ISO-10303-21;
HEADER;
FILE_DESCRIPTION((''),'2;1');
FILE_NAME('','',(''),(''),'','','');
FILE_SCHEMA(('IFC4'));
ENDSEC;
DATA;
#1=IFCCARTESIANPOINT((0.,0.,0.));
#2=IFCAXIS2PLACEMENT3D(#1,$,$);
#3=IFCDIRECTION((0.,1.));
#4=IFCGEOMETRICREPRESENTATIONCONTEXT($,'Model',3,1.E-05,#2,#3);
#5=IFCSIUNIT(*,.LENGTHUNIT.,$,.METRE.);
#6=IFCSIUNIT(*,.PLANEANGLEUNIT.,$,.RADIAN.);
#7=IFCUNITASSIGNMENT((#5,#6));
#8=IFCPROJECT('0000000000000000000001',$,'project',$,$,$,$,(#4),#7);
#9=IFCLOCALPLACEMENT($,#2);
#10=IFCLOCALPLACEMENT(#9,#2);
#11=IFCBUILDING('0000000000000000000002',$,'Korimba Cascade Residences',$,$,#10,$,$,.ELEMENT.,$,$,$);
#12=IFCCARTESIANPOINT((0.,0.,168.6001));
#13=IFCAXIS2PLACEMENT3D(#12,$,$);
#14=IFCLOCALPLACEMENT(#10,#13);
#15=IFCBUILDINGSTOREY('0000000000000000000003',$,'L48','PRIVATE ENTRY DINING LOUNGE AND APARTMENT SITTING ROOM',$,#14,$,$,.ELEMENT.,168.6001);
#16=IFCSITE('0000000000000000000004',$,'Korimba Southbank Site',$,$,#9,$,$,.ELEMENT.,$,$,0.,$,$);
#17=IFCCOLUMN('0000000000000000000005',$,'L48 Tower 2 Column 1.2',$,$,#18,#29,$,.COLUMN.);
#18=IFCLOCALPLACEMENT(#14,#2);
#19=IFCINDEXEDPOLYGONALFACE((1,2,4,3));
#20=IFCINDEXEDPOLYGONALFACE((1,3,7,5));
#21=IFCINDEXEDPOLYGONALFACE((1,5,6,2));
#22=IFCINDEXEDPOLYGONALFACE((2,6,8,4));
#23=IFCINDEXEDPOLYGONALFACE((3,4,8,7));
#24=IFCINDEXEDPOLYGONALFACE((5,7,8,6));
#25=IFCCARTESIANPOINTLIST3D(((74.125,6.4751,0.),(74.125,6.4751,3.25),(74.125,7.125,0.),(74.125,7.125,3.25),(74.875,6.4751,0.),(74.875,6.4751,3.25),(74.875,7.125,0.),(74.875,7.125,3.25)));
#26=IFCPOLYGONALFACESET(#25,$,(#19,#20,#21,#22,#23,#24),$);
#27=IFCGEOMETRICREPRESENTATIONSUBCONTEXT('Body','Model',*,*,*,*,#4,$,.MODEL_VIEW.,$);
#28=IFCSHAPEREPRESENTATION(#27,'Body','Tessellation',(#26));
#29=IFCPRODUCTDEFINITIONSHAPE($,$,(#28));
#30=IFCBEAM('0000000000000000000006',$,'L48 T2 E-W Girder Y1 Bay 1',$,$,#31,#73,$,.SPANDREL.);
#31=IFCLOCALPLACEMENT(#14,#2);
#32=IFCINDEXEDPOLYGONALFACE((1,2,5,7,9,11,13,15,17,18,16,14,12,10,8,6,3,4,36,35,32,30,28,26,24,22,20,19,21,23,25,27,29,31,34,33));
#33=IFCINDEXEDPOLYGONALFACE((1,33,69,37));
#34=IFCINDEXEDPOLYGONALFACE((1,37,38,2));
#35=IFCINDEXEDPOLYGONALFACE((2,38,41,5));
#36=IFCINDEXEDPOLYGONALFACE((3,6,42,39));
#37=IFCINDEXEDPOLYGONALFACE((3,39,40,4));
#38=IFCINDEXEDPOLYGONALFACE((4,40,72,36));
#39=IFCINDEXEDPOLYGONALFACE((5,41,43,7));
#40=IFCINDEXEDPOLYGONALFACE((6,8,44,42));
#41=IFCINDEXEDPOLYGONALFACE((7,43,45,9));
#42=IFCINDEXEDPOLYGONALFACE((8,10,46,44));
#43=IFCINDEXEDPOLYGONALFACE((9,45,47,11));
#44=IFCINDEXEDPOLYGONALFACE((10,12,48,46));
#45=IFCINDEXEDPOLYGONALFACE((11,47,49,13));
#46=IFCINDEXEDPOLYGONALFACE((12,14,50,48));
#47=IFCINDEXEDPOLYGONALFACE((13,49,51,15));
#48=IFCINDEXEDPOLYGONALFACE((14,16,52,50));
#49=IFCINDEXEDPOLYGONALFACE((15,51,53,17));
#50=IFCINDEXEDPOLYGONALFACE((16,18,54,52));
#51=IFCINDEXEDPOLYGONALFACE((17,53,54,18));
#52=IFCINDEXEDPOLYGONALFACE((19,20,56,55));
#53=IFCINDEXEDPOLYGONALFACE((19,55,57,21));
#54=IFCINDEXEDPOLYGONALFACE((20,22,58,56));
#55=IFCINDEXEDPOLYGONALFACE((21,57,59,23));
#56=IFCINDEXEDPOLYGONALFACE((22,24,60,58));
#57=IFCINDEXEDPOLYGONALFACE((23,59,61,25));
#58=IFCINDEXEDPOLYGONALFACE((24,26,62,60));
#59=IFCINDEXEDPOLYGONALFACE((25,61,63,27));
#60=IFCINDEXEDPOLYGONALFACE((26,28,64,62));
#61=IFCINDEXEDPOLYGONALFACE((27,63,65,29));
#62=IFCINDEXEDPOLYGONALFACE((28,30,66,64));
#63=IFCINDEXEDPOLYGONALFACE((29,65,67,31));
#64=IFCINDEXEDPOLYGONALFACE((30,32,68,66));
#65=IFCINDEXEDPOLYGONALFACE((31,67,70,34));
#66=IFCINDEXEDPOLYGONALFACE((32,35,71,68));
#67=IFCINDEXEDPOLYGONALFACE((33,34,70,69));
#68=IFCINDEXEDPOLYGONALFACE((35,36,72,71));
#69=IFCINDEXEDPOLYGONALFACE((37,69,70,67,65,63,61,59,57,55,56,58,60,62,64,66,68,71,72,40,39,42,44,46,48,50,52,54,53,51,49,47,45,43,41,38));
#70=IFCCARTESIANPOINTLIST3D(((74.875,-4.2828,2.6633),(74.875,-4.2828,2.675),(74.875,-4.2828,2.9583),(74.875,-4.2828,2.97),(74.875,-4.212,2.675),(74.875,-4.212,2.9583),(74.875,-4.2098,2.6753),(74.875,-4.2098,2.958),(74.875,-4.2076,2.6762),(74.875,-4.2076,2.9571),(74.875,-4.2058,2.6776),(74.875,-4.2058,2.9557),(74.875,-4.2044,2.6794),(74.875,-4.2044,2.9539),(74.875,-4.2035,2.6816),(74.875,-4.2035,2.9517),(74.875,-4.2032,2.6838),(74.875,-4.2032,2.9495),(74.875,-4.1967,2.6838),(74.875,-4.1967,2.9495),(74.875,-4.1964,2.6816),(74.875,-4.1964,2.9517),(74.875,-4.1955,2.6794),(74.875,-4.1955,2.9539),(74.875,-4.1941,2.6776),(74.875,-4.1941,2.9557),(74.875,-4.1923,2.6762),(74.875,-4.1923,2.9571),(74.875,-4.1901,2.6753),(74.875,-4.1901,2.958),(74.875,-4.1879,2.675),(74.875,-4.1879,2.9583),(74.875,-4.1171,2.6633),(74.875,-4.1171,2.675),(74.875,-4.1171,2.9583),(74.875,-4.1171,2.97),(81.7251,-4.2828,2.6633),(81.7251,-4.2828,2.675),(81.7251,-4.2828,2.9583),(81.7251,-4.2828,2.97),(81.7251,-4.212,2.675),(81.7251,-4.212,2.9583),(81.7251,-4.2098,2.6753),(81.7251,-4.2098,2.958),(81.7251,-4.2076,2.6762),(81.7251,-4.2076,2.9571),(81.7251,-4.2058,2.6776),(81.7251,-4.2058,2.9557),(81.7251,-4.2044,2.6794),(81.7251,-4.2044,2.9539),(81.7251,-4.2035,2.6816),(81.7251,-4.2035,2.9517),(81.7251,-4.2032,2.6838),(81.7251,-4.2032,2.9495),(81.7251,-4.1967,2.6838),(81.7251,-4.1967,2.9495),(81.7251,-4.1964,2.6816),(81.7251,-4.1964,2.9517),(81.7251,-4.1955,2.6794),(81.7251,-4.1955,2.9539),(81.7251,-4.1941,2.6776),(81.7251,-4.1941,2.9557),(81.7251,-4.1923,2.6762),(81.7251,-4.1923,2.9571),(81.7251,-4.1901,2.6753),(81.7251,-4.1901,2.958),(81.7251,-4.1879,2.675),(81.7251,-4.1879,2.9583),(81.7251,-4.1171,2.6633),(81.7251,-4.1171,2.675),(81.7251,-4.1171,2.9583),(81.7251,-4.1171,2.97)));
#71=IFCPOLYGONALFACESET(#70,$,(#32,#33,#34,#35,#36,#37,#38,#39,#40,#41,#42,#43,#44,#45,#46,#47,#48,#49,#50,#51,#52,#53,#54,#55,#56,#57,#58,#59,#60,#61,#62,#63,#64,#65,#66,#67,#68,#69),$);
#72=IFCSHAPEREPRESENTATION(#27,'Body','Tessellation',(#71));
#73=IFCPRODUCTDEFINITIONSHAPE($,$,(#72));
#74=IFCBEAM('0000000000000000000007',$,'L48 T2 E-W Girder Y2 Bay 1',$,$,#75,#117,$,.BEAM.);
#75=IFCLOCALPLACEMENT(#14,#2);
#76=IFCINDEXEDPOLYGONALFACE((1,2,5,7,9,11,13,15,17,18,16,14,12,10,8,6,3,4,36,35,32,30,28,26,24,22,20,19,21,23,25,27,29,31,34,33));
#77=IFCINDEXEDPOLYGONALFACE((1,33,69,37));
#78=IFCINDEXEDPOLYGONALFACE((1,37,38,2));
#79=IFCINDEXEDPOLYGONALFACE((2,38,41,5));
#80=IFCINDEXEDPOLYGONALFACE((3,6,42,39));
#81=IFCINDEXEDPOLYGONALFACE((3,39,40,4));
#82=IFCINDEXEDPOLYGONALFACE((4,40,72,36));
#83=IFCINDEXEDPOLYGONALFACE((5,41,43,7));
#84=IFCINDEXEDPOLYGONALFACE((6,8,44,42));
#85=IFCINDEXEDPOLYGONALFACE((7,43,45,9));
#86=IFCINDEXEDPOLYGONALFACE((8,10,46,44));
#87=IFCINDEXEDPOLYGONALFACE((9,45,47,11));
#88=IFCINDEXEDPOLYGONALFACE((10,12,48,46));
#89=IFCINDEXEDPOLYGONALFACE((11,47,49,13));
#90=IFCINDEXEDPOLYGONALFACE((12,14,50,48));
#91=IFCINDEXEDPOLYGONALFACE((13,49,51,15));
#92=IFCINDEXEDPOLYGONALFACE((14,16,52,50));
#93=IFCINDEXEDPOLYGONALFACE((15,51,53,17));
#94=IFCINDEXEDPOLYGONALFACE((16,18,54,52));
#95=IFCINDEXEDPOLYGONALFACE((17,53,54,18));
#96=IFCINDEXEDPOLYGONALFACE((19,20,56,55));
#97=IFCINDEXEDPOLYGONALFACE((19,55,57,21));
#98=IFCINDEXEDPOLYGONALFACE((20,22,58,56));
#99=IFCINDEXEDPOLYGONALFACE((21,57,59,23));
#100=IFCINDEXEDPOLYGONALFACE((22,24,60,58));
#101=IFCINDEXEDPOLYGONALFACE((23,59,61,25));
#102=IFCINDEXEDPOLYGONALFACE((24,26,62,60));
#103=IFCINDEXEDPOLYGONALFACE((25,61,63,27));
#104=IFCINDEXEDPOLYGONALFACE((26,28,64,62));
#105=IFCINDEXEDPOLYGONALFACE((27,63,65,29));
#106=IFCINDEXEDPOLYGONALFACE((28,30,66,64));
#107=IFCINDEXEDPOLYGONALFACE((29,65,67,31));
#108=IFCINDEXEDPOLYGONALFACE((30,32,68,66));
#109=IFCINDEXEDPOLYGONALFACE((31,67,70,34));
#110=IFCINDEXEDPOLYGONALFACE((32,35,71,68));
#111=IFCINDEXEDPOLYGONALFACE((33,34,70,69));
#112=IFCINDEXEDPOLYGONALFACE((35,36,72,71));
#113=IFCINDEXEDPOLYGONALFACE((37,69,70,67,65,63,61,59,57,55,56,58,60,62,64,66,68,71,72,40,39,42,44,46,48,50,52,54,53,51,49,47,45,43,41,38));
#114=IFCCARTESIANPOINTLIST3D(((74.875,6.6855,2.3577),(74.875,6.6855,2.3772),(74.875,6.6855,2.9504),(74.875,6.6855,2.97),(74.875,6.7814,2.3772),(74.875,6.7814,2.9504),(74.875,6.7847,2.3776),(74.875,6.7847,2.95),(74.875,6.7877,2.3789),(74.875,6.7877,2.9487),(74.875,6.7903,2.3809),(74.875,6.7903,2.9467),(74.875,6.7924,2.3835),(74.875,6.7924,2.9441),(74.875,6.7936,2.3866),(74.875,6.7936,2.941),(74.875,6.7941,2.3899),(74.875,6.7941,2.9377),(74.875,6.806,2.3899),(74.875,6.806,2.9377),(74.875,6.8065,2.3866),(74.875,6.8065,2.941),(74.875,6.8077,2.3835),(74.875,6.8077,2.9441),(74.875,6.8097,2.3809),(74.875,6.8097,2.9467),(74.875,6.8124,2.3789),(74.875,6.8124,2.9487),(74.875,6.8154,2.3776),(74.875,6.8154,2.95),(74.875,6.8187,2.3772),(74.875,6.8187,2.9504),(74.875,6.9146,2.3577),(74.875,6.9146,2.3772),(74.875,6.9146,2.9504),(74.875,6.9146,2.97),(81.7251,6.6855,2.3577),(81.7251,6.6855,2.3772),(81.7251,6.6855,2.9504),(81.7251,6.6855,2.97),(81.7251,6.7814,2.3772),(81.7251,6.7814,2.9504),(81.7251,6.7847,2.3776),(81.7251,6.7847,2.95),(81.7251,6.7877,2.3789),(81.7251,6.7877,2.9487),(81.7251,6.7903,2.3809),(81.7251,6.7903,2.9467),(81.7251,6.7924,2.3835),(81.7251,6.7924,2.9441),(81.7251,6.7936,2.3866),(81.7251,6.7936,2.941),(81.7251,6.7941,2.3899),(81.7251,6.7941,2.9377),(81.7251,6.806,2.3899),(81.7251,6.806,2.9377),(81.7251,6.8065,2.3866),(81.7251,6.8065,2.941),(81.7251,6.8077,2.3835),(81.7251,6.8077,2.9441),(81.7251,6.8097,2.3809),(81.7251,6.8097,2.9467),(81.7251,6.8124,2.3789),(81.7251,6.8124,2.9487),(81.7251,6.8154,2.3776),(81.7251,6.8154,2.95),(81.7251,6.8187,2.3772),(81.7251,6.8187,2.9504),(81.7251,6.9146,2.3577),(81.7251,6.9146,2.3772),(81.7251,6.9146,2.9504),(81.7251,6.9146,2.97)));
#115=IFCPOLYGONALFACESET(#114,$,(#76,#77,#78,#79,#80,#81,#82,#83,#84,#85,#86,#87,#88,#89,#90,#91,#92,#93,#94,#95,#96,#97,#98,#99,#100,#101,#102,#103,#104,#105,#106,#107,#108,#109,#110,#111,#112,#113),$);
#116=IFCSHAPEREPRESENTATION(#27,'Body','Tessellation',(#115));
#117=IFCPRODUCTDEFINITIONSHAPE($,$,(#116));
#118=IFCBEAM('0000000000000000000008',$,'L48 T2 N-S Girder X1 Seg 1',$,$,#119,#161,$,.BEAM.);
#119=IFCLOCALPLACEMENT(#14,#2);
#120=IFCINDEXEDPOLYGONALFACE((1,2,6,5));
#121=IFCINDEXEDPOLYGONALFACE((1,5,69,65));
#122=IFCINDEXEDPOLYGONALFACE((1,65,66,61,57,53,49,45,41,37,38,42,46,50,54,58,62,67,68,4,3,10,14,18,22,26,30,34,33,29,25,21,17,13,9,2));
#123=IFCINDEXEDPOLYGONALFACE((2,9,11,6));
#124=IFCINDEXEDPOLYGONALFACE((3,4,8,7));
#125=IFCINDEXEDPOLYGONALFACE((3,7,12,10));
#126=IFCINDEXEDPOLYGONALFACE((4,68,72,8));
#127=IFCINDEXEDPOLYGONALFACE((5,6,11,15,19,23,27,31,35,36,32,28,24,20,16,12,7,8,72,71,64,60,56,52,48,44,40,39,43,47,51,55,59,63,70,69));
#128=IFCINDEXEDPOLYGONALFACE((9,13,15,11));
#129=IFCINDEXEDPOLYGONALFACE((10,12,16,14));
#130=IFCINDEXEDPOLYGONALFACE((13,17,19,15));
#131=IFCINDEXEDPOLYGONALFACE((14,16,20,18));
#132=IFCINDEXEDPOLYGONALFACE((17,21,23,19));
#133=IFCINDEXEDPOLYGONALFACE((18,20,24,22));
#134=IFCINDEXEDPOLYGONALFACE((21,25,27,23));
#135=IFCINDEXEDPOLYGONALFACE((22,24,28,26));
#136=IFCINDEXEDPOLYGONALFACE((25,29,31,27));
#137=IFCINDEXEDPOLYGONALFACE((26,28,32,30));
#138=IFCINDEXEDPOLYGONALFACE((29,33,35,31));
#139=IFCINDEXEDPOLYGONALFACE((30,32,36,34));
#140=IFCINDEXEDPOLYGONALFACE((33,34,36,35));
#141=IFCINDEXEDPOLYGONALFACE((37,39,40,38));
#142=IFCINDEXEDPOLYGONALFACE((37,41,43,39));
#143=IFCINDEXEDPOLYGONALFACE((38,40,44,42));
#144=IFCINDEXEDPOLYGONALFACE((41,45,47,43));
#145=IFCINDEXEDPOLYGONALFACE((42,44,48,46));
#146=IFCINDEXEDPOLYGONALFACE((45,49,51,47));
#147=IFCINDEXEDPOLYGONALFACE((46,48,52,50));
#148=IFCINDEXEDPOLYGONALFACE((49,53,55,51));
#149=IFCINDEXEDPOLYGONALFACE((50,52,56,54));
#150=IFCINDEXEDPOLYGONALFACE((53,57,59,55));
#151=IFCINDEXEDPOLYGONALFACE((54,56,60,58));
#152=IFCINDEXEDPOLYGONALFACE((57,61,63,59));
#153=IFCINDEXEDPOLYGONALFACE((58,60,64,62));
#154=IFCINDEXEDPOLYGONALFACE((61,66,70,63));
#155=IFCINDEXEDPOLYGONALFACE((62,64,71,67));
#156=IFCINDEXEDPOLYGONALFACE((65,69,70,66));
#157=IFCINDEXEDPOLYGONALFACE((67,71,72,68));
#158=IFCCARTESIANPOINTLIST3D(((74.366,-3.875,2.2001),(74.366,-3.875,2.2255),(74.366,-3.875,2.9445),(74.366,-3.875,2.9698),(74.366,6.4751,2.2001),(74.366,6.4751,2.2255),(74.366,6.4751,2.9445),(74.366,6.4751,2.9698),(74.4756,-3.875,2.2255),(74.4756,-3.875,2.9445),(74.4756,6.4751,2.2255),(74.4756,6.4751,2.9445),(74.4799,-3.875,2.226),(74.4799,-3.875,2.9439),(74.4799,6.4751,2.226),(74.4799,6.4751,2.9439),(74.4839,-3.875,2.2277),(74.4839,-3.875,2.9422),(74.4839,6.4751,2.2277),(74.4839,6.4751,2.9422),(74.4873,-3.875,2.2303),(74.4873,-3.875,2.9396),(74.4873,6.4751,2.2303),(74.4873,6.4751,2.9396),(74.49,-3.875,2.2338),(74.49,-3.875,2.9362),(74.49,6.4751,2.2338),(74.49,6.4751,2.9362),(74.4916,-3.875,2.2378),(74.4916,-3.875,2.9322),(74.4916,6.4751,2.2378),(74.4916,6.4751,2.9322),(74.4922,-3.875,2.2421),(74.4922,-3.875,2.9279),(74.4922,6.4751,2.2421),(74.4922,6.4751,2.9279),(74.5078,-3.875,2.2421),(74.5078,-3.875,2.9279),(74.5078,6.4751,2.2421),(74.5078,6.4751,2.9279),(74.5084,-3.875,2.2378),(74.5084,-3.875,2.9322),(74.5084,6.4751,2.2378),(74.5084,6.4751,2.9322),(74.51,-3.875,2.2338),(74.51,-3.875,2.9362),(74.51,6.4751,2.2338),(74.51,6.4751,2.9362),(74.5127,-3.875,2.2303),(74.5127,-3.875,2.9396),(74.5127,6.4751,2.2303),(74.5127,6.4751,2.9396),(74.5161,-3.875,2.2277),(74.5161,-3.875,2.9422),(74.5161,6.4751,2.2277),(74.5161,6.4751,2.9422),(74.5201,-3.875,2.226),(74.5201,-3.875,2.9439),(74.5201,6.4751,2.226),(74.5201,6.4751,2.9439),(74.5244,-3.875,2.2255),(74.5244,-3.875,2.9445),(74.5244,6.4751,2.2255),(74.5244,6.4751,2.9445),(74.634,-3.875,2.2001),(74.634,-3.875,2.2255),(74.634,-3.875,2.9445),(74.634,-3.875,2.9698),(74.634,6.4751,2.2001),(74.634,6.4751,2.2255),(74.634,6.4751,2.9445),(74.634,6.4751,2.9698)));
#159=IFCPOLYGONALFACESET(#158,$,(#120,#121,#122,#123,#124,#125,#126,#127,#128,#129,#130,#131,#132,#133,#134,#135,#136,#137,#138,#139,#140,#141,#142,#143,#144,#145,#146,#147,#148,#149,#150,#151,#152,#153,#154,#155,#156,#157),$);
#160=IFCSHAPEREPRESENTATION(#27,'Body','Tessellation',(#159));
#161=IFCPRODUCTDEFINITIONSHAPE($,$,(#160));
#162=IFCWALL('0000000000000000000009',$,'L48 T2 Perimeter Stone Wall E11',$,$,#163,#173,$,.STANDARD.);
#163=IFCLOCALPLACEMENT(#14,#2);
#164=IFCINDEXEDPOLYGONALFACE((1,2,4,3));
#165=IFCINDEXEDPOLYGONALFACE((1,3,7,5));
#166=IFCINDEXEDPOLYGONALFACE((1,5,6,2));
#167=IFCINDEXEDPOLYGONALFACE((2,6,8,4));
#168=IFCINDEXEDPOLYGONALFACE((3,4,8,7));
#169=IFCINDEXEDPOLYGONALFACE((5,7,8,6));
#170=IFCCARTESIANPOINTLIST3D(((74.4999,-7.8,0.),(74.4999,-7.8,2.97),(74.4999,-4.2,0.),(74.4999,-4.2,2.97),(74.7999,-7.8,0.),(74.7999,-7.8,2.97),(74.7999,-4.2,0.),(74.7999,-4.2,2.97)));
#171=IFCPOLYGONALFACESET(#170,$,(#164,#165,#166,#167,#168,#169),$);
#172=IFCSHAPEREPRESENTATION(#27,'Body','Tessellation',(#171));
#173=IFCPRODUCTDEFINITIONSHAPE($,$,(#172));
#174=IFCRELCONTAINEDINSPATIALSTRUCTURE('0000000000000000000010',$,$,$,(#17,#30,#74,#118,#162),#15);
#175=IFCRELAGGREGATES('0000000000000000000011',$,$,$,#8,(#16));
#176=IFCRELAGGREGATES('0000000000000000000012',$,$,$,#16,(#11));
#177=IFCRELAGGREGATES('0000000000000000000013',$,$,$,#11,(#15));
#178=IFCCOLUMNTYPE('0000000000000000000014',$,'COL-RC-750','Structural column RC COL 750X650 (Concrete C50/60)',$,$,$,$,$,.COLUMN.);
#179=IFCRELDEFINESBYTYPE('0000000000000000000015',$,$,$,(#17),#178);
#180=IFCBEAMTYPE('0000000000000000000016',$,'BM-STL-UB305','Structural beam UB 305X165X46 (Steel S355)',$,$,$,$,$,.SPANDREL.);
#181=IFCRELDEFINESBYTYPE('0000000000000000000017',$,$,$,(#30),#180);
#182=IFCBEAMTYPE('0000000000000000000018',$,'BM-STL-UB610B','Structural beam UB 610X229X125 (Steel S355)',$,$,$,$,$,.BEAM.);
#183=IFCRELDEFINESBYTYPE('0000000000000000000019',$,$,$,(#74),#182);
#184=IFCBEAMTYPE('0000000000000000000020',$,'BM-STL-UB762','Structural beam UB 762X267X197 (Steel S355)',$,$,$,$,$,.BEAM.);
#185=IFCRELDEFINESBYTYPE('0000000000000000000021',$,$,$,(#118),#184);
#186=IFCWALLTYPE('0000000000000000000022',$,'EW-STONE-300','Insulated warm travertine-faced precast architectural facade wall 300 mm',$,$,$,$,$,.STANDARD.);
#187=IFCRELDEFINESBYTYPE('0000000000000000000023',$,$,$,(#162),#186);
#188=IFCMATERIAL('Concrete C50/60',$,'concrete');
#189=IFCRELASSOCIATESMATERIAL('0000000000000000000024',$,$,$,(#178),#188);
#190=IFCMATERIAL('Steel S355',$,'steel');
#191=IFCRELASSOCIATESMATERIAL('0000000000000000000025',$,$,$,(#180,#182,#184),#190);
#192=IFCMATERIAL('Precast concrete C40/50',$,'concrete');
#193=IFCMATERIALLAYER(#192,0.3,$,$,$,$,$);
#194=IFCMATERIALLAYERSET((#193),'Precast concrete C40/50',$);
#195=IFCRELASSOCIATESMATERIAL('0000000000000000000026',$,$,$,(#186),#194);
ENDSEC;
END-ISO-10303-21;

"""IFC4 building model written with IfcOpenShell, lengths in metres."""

from ifc_helpers import new_model, si_unit, direction, frame, frame_2d, origin, origin_2d, place, context, subcontext, project, spatial, rectangle, i_section, extrude, material, layer, layer_set, material_profile, profile_set, type_object, element, save


model = new_model("IFC4")

# Units and contexts
model_context = context("Model", 3, precision=1e-05, world=origin(), true_north=direction((0.0, 1.0)))
body_context = subcontext(model_context, "Body", "Model", "MODEL_VIEW")
ifc_project = project(units=[si_unit("LENGTHUNIT", "METRE"), si_unit("PLANEANGLEUNIT", "RADIAN")], contexts=[model_context])

# Site, building, storey
site_placement = place(None, origin())
site = spatial("IfcSite", under=ifc_project, at=site_placement, Name="Korimba Southbank Site", CompositionType="ELEMENT", RefElevation=0.0)
building_placement = place(site_placement, origin())
building = spatial("IfcBuilding", under=site, at=building_placement, Name="Korimba Cascade Residences", CompositionType="ELEMENT")
storey_placement = place(building_placement, frame((0.0, 0.0, 168.6001)))
storey = spatial("IfcBuildingStorey", under=building, at=storey_placement, Name="L48", Description="PRIVATE ENTRY DINING LOUNGE AND APARTMENT SITTING ROOM", CompositionType="ELEMENT", Elevation=168.6001)

# Column
ifc_material_1 = material(Name="Concrete C50/60", Category="concrete")
ifc_material_profile_1 = material_profile(ifc_material_1, rectangle(XDim=0.75, YDim=0.6499, at=origin_2d()), Name="Concrete C50/60")
ifc_profile_set_1 = profile_set([ifc_material_profile_1], Name="Concrete C50/60")
column_type = type_object("IfcColumnType", Name="COL-RC-750", Description="Structural column RC COL 750X650 (Concrete C50/60)", PredefinedType="COLUMN", material=ifc_profile_set_1)
column_placement = place(storey_placement, frame((74.5, 6.8, 0.0), z_axis=(0.0, 0.0, 1.0), x_axis=(1.0, 0.0, 0.0)))
element("IfcColumn", 1, at=column_placement, inside=storey, type_object=column_type, Name="L48 Tower 2 Column 1.2", PredefinedType="COLUMN", context=body_context, shape_type="SweptSolid", body=[
    extrude(rectangle(XDim=0.75, YDim=0.6499, at=origin_2d()), origin(), (0.0, 0.0, 1.0), 3.25),
])

# Beams
ifc_material_2 = material(Name="Steel S355", Category="steel")
ifc_material_profile_2 = material_profile(ifc_material_2, i_section(OverallWidth=0.1658, OverallDepth=0.3066, WebThickness=0.0066, FlangeThickness=0.0117, FilletRadius=0.0088, at=origin_2d()), Name="Steel S355")
ifc_profile_set_2 = profile_set([ifc_material_profile_2], Name="Steel S355")
beam_type_1 = type_object("IfcBeamType", Name="BM-STL-UB305", Description="Structural beam UB 305X165X46 (Steel S355)", PredefinedType="SPANDREL", material=ifc_profile_set_2)
beam_1_placement = place(storey_placement, frame((74.875, -4.2, 2.8167), z_axis=(1.0, 0.0, 0.0), x_axis=(0.0, 1.0, 0.0)))
element("IfcBeam", 2, at=beam_1_placement, inside=storey, type_object=beam_type_1, Name="L48 T2 E-W Girder Y1 Bay 1", PredefinedType="SPANDREL", context=body_context, shape_type="SweptSolid", body=[
    extrude(i_section(OverallWidth=0.1658, OverallDepth=0.3066, WebThickness=0.0066, FlangeThickness=0.0117, FilletRadius=0.0088, at=origin_2d()), origin(), (0.0, 0.0, 1.0), 6.8501),
])
ifc_material_profile_3 = material_profile(ifc_material_2, i_section(OverallWidth=0.229, OverallDepth=0.6123, WebThickness=0.012, FlangeThickness=0.0195, FilletRadius=0.0127, at=origin_2d()), Name="Steel S355")
ifc_profile_set_3 = profile_set([ifc_material_profile_3], Name="Steel S355")
beam_type_2 = type_object("IfcBeamType", Name="BM-STL-UB610B", Description="Structural beam UB 610X229X125 (Steel S355)", PredefinedType="BEAM", material=ifc_profile_set_3)
beam_2_placement = place(storey_placement, frame((74.875, 6.8, 2.6638), z_axis=(1.0, 0.0, 0.0), x_axis=(0.0, 1.0, 0.0)))
element("IfcBeam", 3, at=beam_2_placement, inside=storey, type_object=beam_type_2, Name="L48 T2 E-W Girder Y2 Bay 1", PredefinedType="BEAM", context=body_context, shape_type="SweptSolid", body=[
    extrude(i_section(OverallWidth=0.229, OverallDepth=0.6123, WebThickness=0.012, FlangeThickness=0.0195, FilletRadius=0.0127, at=origin_2d()), origin(), (0.0, 0.0, 1.0), 6.8501),
])
ifc_material_profile_4 = material_profile(ifc_material_2, i_section(OverallWidth=0.2681, OverallDepth=0.7698, WebThickness=0.0156, FlangeThickness=0.0254, FilletRadius=0.0166, at=origin_2d()), Name="Steel S355")
ifc_profile_set_4 = profile_set([ifc_material_profile_4], Name="Steel S355")
beam_type_3 = type_object("IfcBeamType", Name="BM-STL-UB762", Description="Structural beam UB 762X267X197 (Steel S355)", PredefinedType="BEAM", material=ifc_profile_set_4)
beam_3_placement = place(storey_placement, frame((74.5, -3.875, 2.585), z_axis=(0.0, 1.0, 0.0), x_axis=(-1.0, 0.0, 0.0)))
element("IfcBeam", 4, at=beam_3_placement, inside=storey, type_object=beam_type_3, Name="L48 T2 N-S Girder X1 Seg 1", PredefinedType="BEAM", context=body_context, shape_type="SweptSolid", body=[
    extrude(i_section(OverallWidth=0.2681, OverallDepth=0.7698, WebThickness=0.0156, FlangeThickness=0.0254, FilletRadius=0.0166, at=origin_2d()), origin(), (0.0, 0.0, 1.0), 10.3501),
])

# Wall
ifc_material_3 = material(Name="Precast concrete C40/50", Category="concrete")
ifc_layer_1 = layer(ifc_material_3, 0.3)
ifc_layer_set_1 = layer_set([ifc_layer_1], Name="Precast concrete C40/50")
wall_type_1 = type_object("IfcWallType", Name="EW-STONE-300", Description="Insulated warm travertine-faced precast architectural facade wall 300 mm", PredefinedType="STANDARD", material=ifc_layer_set_1)
wall_1_placement = place(storey_placement, frame((74.6499, -4.2, 0.0), z_axis=(0.0, 0.0, 1.0), x_axis=(0.0, -1.0, 0.0)))
element("IfcWall", 5, at=wall_1_placement, inside=storey, type_object=wall_type_1, Name="L48 T2 Perimeter Stone Wall E11", PredefinedType="STANDARD", context=body_context, shape_type="SweptSolid", body=[
    extrude(rectangle(XDim=3.6001, YDim=0.3, at=frame_2d((1.8, 0.0))), origin(), (0.0, 0.0, 1.0), 2.97),
])

save(model, "model.ifc")
